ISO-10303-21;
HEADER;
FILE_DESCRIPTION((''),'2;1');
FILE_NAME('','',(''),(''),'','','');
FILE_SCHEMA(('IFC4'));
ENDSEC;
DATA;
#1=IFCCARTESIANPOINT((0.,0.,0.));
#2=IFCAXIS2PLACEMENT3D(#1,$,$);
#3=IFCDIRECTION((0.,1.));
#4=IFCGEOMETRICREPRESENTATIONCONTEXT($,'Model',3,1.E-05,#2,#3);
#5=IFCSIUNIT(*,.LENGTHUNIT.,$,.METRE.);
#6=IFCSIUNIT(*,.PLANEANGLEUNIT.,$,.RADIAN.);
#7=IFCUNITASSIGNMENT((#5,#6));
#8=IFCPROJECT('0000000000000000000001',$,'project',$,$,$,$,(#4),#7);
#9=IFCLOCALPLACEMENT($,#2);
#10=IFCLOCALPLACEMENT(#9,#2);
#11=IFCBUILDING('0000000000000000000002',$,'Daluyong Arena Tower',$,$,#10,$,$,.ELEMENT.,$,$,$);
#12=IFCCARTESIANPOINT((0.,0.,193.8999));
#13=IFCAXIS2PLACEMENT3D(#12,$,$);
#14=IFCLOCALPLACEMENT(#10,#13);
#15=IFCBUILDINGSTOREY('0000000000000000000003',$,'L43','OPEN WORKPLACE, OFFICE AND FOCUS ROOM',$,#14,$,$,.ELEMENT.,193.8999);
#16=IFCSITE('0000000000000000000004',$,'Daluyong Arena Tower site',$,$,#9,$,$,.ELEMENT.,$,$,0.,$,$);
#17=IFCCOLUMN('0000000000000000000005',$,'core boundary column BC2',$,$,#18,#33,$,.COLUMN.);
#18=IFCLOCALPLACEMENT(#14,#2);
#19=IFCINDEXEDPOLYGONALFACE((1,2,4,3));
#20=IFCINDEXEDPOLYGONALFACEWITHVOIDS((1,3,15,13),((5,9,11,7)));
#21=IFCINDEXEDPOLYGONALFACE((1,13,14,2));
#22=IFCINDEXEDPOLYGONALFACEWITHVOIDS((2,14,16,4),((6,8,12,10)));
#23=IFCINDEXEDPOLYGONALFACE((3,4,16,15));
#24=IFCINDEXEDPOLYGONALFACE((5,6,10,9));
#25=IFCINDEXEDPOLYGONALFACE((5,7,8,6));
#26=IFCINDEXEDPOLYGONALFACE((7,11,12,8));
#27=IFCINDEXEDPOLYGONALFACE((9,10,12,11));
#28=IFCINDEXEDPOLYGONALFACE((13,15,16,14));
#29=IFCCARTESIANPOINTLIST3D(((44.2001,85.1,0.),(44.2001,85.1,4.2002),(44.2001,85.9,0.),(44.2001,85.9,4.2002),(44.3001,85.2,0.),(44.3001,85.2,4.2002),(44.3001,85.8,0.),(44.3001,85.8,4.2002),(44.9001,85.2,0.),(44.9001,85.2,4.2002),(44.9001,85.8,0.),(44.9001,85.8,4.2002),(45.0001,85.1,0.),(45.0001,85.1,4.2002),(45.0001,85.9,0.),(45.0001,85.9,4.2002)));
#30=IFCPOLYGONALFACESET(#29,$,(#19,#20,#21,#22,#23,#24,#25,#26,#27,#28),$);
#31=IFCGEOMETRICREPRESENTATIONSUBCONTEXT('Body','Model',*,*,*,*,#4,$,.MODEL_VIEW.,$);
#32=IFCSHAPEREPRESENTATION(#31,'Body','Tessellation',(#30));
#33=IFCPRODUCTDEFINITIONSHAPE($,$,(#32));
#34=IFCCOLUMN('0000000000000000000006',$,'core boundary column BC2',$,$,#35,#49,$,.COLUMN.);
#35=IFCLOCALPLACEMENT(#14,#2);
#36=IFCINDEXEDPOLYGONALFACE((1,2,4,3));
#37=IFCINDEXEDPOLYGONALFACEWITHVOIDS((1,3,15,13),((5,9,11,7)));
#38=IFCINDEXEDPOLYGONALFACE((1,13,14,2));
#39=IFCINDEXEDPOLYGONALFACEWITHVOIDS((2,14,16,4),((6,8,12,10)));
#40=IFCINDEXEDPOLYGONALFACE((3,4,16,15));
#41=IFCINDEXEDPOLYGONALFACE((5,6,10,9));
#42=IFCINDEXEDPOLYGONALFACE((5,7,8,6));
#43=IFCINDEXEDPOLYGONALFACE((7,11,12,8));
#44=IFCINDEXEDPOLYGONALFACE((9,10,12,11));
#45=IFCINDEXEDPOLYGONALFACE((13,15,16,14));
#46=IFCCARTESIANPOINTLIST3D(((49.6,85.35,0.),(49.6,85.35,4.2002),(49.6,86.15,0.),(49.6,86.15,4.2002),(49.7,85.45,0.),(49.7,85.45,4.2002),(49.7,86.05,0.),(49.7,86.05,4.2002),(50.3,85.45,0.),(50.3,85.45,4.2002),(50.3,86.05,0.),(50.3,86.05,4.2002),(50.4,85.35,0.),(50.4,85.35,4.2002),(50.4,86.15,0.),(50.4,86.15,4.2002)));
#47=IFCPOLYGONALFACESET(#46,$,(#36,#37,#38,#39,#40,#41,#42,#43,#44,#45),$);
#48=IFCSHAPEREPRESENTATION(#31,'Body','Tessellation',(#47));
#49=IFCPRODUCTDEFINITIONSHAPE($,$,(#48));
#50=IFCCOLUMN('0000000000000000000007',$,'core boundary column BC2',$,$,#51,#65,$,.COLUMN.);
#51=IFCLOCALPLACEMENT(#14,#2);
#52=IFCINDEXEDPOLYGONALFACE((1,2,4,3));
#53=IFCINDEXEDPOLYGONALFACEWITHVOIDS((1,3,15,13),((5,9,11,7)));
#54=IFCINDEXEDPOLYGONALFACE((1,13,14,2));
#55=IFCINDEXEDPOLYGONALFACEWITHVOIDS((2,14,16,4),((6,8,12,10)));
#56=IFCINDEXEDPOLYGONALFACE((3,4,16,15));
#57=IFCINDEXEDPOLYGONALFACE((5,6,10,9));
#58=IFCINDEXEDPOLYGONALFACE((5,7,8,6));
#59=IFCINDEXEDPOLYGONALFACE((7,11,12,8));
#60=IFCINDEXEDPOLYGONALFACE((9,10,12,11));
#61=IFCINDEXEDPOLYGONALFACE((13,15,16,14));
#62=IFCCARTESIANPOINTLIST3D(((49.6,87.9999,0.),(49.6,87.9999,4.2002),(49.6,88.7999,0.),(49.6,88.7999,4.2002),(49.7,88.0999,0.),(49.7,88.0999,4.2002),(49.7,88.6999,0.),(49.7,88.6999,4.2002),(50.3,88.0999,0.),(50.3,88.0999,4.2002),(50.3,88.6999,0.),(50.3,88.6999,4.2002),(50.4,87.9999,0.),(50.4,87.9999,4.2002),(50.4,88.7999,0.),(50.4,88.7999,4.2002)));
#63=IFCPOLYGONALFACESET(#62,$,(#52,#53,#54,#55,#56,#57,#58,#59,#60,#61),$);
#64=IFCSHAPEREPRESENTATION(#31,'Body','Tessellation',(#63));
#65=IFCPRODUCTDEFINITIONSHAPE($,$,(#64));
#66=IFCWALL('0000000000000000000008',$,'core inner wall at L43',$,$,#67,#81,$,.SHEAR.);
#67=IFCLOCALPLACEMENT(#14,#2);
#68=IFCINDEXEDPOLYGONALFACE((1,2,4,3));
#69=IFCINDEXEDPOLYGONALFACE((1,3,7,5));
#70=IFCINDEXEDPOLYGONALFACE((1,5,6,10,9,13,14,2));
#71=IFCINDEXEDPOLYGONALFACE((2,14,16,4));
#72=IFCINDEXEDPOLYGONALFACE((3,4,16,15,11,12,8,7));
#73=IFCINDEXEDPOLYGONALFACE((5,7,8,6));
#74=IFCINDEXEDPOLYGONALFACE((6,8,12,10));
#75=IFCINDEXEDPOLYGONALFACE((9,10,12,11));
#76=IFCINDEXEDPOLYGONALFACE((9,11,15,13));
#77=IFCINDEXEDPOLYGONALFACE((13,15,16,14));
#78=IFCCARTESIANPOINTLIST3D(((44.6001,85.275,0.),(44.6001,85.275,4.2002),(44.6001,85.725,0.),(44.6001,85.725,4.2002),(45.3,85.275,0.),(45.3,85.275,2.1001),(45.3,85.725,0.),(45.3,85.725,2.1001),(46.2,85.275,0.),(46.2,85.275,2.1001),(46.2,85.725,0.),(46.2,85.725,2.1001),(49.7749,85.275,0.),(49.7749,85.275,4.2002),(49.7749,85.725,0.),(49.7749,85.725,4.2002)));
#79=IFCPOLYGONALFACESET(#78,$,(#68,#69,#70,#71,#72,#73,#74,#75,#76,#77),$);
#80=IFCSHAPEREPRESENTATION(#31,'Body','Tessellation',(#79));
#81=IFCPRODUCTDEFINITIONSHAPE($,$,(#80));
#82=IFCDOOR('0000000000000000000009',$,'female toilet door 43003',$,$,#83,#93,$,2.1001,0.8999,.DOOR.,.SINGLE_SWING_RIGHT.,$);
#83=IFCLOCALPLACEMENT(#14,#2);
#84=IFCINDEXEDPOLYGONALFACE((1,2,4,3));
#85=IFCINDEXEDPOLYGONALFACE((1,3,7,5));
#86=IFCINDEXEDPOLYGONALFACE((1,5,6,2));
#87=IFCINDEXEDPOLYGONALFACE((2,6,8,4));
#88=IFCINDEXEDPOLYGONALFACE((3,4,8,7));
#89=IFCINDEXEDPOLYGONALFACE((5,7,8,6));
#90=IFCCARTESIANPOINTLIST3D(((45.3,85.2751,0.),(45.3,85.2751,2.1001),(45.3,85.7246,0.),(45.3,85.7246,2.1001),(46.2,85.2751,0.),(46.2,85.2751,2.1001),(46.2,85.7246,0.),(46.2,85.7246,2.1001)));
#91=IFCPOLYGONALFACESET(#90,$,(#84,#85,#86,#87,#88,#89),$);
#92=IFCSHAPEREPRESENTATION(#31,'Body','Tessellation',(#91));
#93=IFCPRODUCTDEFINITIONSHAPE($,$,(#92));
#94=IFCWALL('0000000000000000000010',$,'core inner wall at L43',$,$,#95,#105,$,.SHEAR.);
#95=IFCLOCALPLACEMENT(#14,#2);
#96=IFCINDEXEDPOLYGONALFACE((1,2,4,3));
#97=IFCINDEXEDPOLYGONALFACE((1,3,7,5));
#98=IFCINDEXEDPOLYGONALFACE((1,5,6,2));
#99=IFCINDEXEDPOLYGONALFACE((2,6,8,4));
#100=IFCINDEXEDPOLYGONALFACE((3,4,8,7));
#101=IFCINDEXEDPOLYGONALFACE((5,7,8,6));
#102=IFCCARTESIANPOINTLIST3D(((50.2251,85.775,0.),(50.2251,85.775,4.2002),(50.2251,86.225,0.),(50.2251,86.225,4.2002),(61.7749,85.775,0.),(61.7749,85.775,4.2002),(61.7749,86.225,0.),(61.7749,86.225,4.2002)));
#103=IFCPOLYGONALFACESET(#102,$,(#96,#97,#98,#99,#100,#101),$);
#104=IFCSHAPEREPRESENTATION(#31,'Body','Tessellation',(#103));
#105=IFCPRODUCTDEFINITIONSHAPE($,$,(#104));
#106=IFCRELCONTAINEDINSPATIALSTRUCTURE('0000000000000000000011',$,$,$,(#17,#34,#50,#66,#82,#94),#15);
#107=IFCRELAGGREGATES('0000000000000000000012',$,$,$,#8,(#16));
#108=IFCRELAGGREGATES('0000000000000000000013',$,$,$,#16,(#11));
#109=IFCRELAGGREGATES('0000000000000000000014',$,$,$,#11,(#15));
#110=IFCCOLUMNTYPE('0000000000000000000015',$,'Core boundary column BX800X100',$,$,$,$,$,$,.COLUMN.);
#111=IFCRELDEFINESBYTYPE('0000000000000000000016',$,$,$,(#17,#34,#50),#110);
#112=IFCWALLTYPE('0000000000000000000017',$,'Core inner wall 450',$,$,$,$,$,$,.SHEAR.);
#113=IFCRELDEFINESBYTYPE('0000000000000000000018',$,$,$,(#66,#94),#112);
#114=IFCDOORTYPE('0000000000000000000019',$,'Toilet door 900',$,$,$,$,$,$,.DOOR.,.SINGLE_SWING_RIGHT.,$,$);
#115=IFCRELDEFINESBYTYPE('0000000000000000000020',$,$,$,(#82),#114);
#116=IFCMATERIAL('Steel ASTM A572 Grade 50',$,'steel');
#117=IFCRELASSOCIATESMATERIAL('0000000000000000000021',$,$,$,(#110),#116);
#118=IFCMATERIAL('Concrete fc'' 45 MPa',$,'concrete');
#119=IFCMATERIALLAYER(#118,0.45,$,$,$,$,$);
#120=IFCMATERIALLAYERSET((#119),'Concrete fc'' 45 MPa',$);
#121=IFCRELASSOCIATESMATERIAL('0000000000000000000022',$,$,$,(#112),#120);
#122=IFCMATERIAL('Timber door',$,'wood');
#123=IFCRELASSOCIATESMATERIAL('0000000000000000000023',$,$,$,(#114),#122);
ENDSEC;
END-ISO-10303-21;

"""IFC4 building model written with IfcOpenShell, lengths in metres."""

from ifc_helpers import new_model, si_unit, direction, frame, frame_2d, origin, origin_2d, place, context, subcontext, project, spatial, rectangle, hollow_rectangle, extrude, material, layer, layer_set, material_profile, profile_set, type_object, element, fill, save


model = new_model("IFC4")

# Units and contexts
model_context = context("Model", 3, precision=1e-05, world=origin(), true_north=direction((0.0, 1.0)))
body_context = subcontext(model_context, "Body", "Model", "MODEL_VIEW")
ifc_project = project(units=[si_unit("LENGTHUNIT", "METRE"), si_unit("PLANEANGLEUNIT", "RADIAN")], contexts=[model_context])

# Site, building, storey
site_placement = place(None, origin())
site = spatial("IfcSite", under=ifc_project, at=site_placement, Name="Daluyong Arena Tower site", CompositionType="ELEMENT", RefElevation=0.0)
building_placement = place(site_placement, origin())
building = spatial("IfcBuilding", under=site, at=building_placement, Name="Daluyong Arena Tower", CompositionType="ELEMENT")
storey_placement = place(building_placement, frame((0.0, 0.0, 193.8999)))
storey = spatial("IfcBuildingStorey", under=building, at=storey_placement, Name="L43", Description="OPEN WORKPLACE, OFFICE AND FOCUS ROOM", CompositionType="ELEMENT", Elevation=193.8999)

# Columns
ifc_material_1 = material(Name="Steel ASTM A572 Grade 50", Category="steel")
ifc_material_profile = material_profile(ifc_material_1, hollow_rectangle(XDim=0.8, YDim=0.8, WallThickness=0.1, at=origin_2d()))
ifc_profile_set = profile_set([ifc_material_profile], Name="Steel ASTM A572 Grade 50")
column_type = type_object("IfcColumnType", Name="Core boundary column BX800X100", PredefinedType="COLUMN", material=ifc_profile_set)
for number, where, z_axis, x_axis, name in (
    (1, (44.6001, 85.5, 0.0), (0.0, 0.0, 1.0), (1.0, 0.0, 0.0), "core boundary column BC2"),
    (2, (50.0, 85.75, 0.0), (0.0, 0.0, 1.0), (1.0, 0.0, 0.0), "core boundary column BC2"),
    (3, (50.0, 88.3999, 0.0), (0.0, 0.0, 1.0), (1.0, 0.0, 0.0), "core boundary column BC2"),
):
    element("IfcColumn", number, at=place(storey_placement, frame(where, z_axis=z_axis, x_axis=x_axis)), inside=storey, type_object=column_type, Name=name, PredefinedType="COLUMN", context=body_context, shape_type="SweptSolid", body=[
        extrude(hollow_rectangle(XDim=0.8, YDim=0.8, WallThickness=0.1, at=origin_2d()), origin(), (0.0, 0.0, 1.0), 4.2002),
    ])

# Wall, opening, door
ifc_material_2 = material(Name="Concrete fc' 45 MPa", Category="concrete")
ifc_layer_1 = layer(ifc_material_2, 0.45)
ifc_layer_set_1 = layer_set([ifc_layer_1], Name="Concrete fc' 45 MPa")
wall_type_1 = type_object("IfcWallType", Name="Core inner wall 450", PredefinedType="SHEAR", material=ifc_layer_set_1)
wall_1_placement = place(storey_placement, frame((44.6001, 85.5, 0.0), z_axis=(0.0, 0.0, 1.0), x_axis=(1.0, 0.0, 0.0)))
wall_1 = element("IfcWall", 4, at=wall_1_placement, inside=storey, type_object=wall_type_1, Name="core inner wall at L43", PredefinedType="SHEAR", context=body_context, shape_type="SweptSolid", body=[
    extrude(rectangle(XDim=5.1748, YDim=0.45, at=frame_2d((2.5874, 0.0))), origin(), (0.0, 0.0, 1.0), 4.2002),
])
opening_1_placement = place(wall_1_placement, frame((0.7, 0.0, 0.0)))
opening_1 = element("IfcOpeningElement", 5, at=opening_1_placement, cuts=wall_1, PredefinedType="OPENING", context=body_context, shape_type="SweptSolid", body=[
    extrude(rectangle(XDim=0.8999, YDim=2.1001, at=frame_2d((0.45, 1.05))), frame((0.0, 0.2349, 0.0), z_axis=(0.0, -1.0, 0.0), x_axis=(1.0, 0.0, 0.0)), (0.0, 0.0, 1.0), 0.47),
])
ifc_material_3 = material(Name="Timber door", Category="wood")
door_type_1 = type_object("IfcDoorType", Name="Toilet door 900", OperationType="SINGLE_SWING_RIGHT", PredefinedType="DOOR", material=ifc_material_3)
door_1_placement = place(opening_1_placement, origin())
door_1 = element("IfcDoor", 6, at=door_1_placement, inside=storey, type_object=door_type_1, Name="female toilet door 43003", OperationType="SINGLE_SWING_RIGHT", OverallHeight=2.1001, OverallWidth=0.8999, PredefinedType="DOOR", context=body_context, shape_type="SweptSolid", body=[
    extrude(rectangle(XDim=0.8999, YDim=2.1001, at=frame_2d((0.45, 1.05))), frame((0.0, 0.2246, 0.0), z_axis=(0.0, -1.0, 0.0), x_axis=(1.0, 0.0, 0.0)), (0.0, 0.0, 1.0), 0.4495),
])
fill(opening_1, door_1)

# Wall
wall_2_placement = place(storey_placement, frame((50.2251, 86.0, 0.0), z_axis=(0.0, 0.0, 1.0), x_axis=(1.0, 0.0, 0.0)))
element("IfcWall", 7, at=wall_2_placement, inside=storey, type_object=wall_type_1, Name="core inner wall at L43", PredefinedType="SHEAR", context=body_context, shape_type="SweptSolid", body=[
    extrude(rectangle(XDim=11.5498, YDim=0.45, at=frame_2d((5.7749, 0.0))), origin(), (0.0, 0.0, 1.0), 4.2002),
])

save(model, "model.ifc")
